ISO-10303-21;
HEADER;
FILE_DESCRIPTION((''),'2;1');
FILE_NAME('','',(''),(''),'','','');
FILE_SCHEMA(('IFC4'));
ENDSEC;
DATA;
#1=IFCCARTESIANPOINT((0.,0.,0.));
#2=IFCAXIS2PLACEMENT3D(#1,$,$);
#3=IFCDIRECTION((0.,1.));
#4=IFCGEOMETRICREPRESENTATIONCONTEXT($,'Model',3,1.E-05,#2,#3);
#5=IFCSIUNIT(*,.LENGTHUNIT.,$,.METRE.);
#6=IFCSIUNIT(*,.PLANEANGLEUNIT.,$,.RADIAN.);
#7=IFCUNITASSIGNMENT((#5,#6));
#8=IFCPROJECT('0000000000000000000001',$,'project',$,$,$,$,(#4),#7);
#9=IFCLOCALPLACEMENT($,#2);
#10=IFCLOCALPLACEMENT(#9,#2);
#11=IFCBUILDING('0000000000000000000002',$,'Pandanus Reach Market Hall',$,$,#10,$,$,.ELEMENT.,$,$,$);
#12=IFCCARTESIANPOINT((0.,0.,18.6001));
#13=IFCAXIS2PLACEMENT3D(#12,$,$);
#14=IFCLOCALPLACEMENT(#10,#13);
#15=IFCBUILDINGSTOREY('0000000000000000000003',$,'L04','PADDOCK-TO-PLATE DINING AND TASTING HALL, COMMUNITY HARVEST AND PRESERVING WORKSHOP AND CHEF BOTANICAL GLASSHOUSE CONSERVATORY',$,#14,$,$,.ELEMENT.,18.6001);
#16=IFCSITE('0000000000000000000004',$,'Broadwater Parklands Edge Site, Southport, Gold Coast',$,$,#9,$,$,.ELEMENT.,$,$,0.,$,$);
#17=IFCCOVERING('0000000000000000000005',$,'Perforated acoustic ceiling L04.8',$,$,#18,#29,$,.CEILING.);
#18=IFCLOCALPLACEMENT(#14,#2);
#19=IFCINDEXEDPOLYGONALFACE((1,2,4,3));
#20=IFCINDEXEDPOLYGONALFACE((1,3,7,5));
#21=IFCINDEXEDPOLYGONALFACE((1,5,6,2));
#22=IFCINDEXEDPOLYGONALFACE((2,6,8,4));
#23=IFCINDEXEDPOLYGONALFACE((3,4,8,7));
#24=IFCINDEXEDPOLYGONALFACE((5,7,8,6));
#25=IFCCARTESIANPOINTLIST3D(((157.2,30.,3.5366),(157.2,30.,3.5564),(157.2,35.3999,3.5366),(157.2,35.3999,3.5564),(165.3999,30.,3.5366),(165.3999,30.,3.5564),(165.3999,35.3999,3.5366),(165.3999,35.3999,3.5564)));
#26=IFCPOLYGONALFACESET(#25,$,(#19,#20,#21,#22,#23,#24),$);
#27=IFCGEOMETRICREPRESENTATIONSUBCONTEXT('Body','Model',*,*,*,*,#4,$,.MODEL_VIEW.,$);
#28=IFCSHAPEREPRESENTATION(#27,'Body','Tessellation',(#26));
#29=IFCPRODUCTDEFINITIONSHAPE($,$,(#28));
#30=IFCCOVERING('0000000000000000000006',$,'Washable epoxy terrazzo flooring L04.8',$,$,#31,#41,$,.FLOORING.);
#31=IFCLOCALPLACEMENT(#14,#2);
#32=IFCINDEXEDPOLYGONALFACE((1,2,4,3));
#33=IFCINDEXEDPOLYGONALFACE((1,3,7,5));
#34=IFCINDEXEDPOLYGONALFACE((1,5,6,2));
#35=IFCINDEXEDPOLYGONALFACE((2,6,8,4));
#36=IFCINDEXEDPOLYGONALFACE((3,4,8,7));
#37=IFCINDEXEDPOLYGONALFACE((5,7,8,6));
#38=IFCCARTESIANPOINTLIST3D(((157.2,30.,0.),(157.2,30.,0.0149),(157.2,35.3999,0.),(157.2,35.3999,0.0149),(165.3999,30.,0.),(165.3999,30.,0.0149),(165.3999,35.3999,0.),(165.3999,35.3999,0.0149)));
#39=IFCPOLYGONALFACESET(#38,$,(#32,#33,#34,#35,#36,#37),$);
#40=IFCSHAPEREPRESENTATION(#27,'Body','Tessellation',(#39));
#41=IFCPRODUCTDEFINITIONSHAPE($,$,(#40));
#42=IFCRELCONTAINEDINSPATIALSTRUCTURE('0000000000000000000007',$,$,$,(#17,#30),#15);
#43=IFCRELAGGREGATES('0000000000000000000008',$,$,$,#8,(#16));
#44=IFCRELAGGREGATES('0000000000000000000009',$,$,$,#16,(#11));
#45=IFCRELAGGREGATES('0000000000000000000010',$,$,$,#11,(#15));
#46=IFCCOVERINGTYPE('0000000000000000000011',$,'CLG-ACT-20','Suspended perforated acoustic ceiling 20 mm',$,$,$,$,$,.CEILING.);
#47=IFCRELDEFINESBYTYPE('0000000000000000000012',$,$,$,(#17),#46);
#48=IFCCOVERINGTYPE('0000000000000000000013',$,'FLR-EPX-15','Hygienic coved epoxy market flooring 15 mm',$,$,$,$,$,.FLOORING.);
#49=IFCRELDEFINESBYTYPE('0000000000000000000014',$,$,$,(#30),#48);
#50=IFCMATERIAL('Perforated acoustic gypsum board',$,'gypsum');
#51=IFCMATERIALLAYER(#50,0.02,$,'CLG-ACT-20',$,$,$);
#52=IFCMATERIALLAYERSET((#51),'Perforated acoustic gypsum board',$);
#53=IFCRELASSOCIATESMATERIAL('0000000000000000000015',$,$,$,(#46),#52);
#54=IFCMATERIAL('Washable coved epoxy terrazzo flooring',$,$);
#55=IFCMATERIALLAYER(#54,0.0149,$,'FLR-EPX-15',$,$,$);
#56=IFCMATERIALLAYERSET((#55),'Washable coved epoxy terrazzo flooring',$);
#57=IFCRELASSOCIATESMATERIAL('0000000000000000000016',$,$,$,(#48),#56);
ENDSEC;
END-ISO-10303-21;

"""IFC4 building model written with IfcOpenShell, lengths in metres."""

from ifc_helpers import new_model, si_unit, direction, frame, origin, place, context, subcontext, project, spatial, polyline, outline, extrude, material, layer, layer_set, type_object, element, save


model = new_model("IFC4")

# Units and contexts
model_context = context("Model", 3, precision=1e-05, world=origin(), true_north=direction((0.0, 1.0)))
body_context = subcontext(model_context, "Body", "Model", "MODEL_VIEW")
ifc_project = project(units=[si_unit("LENGTHUNIT", "METRE"), si_unit("PLANEANGLEUNIT", "RADIAN")], contexts=[model_context])

# Site, building, storey
site_placement = place(None, origin())
site = spatial("IfcSite", under=ifc_project, at=site_placement, Name="Broadwater Parklands Edge Site, Southport, Gold Coast", CompositionType="ELEMENT", RefElevation=0.0)
building_placement = place(site_placement, origin())
building = spatial("IfcBuilding", under=site, at=building_placement, Name="Pandanus Reach Market Hall", CompositionType="ELEMENT")
storey_placement = place(building_placement, frame((0.0, 0.0, 18.6001)))
storey = spatial("IfcBuildingStorey", under=building, at=storey_placement, Name="L04", Description="PADDOCK-TO-PLATE DINING AND TASTING HALL, COMMUNITY HARVEST AND PRESERVING WORKSHOP AND CHEF BOTANICAL GLASSHOUSE CONSERVATORY", CompositionType="ELEMENT", Elevation=18.6001)

# Coverings
ifc_material_1 = material(Name="Perforated acoustic gypsum board", Category="gypsum")
ifc_layer_1 = layer(ifc_material_1, 0.02, Name="CLG-ACT-20")
ifc_layer_set_1 = layer_set([ifc_layer_1], Name="Perforated acoustic gypsum board")
covering_type_1 = type_object("IfcCoveringType", Name="CLG-ACT-20", Description="Suspended perforated acoustic ceiling 20 mm", PredefinedType="CEILING", material=ifc_layer_set_1)
covering_1_placement = place(storey_placement, frame((0.0, 0.0, 3.5366)))
element("IfcCovering", 1, at=covering_1_placement, inside=storey, type_object=covering_type_1, Name="Perforated acoustic ceiling L04.8", PredefinedType="CEILING", context=body_context, shape_type="SweptSolid", body=[
    extrude(outline(polyline([(157.2, 30.0), (165.3999, 30.0), (165.3999, 35.3999), (157.2, 35.3999), (157.2, 30.0)])), origin(), (0.0, 0.0, 1.0), 0.0198),
])
ifc_material_2 = material(Name="Washable coved epoxy terrazzo flooring")
ifc_layer_2 = layer(ifc_material_2, 0.0149, Name="FLR-EPX-15")
ifc_layer_set_2 = layer_set([ifc_layer_2], Name="Washable coved epoxy terrazzo flooring")
covering_type_2 = type_object("IfcCoveringType", Name="FLR-EPX-15", Description="Hygienic coved epoxy market flooring 15 mm", PredefinedType="FLOORING", material=ifc_layer_set_2)
covering_2_placement = place(storey_placement, origin())
element("IfcCovering", 2, at=covering_2_placement, inside=storey, type_object=covering_type_2, Name="Washable epoxy terrazzo flooring L04.8", PredefinedType="FLOORING", context=body_context, shape_type="SweptSolid", body=[
    extrude(outline(polyline([(157.2, 30.0), (165.3999, 30.0), (165.3999, 35.3999), (157.2, 35.3999), (157.2, 30.0)])), origin(), (0.0, 0.0, 1.0), 0.0149),
])

save(model, "model.ifc")
